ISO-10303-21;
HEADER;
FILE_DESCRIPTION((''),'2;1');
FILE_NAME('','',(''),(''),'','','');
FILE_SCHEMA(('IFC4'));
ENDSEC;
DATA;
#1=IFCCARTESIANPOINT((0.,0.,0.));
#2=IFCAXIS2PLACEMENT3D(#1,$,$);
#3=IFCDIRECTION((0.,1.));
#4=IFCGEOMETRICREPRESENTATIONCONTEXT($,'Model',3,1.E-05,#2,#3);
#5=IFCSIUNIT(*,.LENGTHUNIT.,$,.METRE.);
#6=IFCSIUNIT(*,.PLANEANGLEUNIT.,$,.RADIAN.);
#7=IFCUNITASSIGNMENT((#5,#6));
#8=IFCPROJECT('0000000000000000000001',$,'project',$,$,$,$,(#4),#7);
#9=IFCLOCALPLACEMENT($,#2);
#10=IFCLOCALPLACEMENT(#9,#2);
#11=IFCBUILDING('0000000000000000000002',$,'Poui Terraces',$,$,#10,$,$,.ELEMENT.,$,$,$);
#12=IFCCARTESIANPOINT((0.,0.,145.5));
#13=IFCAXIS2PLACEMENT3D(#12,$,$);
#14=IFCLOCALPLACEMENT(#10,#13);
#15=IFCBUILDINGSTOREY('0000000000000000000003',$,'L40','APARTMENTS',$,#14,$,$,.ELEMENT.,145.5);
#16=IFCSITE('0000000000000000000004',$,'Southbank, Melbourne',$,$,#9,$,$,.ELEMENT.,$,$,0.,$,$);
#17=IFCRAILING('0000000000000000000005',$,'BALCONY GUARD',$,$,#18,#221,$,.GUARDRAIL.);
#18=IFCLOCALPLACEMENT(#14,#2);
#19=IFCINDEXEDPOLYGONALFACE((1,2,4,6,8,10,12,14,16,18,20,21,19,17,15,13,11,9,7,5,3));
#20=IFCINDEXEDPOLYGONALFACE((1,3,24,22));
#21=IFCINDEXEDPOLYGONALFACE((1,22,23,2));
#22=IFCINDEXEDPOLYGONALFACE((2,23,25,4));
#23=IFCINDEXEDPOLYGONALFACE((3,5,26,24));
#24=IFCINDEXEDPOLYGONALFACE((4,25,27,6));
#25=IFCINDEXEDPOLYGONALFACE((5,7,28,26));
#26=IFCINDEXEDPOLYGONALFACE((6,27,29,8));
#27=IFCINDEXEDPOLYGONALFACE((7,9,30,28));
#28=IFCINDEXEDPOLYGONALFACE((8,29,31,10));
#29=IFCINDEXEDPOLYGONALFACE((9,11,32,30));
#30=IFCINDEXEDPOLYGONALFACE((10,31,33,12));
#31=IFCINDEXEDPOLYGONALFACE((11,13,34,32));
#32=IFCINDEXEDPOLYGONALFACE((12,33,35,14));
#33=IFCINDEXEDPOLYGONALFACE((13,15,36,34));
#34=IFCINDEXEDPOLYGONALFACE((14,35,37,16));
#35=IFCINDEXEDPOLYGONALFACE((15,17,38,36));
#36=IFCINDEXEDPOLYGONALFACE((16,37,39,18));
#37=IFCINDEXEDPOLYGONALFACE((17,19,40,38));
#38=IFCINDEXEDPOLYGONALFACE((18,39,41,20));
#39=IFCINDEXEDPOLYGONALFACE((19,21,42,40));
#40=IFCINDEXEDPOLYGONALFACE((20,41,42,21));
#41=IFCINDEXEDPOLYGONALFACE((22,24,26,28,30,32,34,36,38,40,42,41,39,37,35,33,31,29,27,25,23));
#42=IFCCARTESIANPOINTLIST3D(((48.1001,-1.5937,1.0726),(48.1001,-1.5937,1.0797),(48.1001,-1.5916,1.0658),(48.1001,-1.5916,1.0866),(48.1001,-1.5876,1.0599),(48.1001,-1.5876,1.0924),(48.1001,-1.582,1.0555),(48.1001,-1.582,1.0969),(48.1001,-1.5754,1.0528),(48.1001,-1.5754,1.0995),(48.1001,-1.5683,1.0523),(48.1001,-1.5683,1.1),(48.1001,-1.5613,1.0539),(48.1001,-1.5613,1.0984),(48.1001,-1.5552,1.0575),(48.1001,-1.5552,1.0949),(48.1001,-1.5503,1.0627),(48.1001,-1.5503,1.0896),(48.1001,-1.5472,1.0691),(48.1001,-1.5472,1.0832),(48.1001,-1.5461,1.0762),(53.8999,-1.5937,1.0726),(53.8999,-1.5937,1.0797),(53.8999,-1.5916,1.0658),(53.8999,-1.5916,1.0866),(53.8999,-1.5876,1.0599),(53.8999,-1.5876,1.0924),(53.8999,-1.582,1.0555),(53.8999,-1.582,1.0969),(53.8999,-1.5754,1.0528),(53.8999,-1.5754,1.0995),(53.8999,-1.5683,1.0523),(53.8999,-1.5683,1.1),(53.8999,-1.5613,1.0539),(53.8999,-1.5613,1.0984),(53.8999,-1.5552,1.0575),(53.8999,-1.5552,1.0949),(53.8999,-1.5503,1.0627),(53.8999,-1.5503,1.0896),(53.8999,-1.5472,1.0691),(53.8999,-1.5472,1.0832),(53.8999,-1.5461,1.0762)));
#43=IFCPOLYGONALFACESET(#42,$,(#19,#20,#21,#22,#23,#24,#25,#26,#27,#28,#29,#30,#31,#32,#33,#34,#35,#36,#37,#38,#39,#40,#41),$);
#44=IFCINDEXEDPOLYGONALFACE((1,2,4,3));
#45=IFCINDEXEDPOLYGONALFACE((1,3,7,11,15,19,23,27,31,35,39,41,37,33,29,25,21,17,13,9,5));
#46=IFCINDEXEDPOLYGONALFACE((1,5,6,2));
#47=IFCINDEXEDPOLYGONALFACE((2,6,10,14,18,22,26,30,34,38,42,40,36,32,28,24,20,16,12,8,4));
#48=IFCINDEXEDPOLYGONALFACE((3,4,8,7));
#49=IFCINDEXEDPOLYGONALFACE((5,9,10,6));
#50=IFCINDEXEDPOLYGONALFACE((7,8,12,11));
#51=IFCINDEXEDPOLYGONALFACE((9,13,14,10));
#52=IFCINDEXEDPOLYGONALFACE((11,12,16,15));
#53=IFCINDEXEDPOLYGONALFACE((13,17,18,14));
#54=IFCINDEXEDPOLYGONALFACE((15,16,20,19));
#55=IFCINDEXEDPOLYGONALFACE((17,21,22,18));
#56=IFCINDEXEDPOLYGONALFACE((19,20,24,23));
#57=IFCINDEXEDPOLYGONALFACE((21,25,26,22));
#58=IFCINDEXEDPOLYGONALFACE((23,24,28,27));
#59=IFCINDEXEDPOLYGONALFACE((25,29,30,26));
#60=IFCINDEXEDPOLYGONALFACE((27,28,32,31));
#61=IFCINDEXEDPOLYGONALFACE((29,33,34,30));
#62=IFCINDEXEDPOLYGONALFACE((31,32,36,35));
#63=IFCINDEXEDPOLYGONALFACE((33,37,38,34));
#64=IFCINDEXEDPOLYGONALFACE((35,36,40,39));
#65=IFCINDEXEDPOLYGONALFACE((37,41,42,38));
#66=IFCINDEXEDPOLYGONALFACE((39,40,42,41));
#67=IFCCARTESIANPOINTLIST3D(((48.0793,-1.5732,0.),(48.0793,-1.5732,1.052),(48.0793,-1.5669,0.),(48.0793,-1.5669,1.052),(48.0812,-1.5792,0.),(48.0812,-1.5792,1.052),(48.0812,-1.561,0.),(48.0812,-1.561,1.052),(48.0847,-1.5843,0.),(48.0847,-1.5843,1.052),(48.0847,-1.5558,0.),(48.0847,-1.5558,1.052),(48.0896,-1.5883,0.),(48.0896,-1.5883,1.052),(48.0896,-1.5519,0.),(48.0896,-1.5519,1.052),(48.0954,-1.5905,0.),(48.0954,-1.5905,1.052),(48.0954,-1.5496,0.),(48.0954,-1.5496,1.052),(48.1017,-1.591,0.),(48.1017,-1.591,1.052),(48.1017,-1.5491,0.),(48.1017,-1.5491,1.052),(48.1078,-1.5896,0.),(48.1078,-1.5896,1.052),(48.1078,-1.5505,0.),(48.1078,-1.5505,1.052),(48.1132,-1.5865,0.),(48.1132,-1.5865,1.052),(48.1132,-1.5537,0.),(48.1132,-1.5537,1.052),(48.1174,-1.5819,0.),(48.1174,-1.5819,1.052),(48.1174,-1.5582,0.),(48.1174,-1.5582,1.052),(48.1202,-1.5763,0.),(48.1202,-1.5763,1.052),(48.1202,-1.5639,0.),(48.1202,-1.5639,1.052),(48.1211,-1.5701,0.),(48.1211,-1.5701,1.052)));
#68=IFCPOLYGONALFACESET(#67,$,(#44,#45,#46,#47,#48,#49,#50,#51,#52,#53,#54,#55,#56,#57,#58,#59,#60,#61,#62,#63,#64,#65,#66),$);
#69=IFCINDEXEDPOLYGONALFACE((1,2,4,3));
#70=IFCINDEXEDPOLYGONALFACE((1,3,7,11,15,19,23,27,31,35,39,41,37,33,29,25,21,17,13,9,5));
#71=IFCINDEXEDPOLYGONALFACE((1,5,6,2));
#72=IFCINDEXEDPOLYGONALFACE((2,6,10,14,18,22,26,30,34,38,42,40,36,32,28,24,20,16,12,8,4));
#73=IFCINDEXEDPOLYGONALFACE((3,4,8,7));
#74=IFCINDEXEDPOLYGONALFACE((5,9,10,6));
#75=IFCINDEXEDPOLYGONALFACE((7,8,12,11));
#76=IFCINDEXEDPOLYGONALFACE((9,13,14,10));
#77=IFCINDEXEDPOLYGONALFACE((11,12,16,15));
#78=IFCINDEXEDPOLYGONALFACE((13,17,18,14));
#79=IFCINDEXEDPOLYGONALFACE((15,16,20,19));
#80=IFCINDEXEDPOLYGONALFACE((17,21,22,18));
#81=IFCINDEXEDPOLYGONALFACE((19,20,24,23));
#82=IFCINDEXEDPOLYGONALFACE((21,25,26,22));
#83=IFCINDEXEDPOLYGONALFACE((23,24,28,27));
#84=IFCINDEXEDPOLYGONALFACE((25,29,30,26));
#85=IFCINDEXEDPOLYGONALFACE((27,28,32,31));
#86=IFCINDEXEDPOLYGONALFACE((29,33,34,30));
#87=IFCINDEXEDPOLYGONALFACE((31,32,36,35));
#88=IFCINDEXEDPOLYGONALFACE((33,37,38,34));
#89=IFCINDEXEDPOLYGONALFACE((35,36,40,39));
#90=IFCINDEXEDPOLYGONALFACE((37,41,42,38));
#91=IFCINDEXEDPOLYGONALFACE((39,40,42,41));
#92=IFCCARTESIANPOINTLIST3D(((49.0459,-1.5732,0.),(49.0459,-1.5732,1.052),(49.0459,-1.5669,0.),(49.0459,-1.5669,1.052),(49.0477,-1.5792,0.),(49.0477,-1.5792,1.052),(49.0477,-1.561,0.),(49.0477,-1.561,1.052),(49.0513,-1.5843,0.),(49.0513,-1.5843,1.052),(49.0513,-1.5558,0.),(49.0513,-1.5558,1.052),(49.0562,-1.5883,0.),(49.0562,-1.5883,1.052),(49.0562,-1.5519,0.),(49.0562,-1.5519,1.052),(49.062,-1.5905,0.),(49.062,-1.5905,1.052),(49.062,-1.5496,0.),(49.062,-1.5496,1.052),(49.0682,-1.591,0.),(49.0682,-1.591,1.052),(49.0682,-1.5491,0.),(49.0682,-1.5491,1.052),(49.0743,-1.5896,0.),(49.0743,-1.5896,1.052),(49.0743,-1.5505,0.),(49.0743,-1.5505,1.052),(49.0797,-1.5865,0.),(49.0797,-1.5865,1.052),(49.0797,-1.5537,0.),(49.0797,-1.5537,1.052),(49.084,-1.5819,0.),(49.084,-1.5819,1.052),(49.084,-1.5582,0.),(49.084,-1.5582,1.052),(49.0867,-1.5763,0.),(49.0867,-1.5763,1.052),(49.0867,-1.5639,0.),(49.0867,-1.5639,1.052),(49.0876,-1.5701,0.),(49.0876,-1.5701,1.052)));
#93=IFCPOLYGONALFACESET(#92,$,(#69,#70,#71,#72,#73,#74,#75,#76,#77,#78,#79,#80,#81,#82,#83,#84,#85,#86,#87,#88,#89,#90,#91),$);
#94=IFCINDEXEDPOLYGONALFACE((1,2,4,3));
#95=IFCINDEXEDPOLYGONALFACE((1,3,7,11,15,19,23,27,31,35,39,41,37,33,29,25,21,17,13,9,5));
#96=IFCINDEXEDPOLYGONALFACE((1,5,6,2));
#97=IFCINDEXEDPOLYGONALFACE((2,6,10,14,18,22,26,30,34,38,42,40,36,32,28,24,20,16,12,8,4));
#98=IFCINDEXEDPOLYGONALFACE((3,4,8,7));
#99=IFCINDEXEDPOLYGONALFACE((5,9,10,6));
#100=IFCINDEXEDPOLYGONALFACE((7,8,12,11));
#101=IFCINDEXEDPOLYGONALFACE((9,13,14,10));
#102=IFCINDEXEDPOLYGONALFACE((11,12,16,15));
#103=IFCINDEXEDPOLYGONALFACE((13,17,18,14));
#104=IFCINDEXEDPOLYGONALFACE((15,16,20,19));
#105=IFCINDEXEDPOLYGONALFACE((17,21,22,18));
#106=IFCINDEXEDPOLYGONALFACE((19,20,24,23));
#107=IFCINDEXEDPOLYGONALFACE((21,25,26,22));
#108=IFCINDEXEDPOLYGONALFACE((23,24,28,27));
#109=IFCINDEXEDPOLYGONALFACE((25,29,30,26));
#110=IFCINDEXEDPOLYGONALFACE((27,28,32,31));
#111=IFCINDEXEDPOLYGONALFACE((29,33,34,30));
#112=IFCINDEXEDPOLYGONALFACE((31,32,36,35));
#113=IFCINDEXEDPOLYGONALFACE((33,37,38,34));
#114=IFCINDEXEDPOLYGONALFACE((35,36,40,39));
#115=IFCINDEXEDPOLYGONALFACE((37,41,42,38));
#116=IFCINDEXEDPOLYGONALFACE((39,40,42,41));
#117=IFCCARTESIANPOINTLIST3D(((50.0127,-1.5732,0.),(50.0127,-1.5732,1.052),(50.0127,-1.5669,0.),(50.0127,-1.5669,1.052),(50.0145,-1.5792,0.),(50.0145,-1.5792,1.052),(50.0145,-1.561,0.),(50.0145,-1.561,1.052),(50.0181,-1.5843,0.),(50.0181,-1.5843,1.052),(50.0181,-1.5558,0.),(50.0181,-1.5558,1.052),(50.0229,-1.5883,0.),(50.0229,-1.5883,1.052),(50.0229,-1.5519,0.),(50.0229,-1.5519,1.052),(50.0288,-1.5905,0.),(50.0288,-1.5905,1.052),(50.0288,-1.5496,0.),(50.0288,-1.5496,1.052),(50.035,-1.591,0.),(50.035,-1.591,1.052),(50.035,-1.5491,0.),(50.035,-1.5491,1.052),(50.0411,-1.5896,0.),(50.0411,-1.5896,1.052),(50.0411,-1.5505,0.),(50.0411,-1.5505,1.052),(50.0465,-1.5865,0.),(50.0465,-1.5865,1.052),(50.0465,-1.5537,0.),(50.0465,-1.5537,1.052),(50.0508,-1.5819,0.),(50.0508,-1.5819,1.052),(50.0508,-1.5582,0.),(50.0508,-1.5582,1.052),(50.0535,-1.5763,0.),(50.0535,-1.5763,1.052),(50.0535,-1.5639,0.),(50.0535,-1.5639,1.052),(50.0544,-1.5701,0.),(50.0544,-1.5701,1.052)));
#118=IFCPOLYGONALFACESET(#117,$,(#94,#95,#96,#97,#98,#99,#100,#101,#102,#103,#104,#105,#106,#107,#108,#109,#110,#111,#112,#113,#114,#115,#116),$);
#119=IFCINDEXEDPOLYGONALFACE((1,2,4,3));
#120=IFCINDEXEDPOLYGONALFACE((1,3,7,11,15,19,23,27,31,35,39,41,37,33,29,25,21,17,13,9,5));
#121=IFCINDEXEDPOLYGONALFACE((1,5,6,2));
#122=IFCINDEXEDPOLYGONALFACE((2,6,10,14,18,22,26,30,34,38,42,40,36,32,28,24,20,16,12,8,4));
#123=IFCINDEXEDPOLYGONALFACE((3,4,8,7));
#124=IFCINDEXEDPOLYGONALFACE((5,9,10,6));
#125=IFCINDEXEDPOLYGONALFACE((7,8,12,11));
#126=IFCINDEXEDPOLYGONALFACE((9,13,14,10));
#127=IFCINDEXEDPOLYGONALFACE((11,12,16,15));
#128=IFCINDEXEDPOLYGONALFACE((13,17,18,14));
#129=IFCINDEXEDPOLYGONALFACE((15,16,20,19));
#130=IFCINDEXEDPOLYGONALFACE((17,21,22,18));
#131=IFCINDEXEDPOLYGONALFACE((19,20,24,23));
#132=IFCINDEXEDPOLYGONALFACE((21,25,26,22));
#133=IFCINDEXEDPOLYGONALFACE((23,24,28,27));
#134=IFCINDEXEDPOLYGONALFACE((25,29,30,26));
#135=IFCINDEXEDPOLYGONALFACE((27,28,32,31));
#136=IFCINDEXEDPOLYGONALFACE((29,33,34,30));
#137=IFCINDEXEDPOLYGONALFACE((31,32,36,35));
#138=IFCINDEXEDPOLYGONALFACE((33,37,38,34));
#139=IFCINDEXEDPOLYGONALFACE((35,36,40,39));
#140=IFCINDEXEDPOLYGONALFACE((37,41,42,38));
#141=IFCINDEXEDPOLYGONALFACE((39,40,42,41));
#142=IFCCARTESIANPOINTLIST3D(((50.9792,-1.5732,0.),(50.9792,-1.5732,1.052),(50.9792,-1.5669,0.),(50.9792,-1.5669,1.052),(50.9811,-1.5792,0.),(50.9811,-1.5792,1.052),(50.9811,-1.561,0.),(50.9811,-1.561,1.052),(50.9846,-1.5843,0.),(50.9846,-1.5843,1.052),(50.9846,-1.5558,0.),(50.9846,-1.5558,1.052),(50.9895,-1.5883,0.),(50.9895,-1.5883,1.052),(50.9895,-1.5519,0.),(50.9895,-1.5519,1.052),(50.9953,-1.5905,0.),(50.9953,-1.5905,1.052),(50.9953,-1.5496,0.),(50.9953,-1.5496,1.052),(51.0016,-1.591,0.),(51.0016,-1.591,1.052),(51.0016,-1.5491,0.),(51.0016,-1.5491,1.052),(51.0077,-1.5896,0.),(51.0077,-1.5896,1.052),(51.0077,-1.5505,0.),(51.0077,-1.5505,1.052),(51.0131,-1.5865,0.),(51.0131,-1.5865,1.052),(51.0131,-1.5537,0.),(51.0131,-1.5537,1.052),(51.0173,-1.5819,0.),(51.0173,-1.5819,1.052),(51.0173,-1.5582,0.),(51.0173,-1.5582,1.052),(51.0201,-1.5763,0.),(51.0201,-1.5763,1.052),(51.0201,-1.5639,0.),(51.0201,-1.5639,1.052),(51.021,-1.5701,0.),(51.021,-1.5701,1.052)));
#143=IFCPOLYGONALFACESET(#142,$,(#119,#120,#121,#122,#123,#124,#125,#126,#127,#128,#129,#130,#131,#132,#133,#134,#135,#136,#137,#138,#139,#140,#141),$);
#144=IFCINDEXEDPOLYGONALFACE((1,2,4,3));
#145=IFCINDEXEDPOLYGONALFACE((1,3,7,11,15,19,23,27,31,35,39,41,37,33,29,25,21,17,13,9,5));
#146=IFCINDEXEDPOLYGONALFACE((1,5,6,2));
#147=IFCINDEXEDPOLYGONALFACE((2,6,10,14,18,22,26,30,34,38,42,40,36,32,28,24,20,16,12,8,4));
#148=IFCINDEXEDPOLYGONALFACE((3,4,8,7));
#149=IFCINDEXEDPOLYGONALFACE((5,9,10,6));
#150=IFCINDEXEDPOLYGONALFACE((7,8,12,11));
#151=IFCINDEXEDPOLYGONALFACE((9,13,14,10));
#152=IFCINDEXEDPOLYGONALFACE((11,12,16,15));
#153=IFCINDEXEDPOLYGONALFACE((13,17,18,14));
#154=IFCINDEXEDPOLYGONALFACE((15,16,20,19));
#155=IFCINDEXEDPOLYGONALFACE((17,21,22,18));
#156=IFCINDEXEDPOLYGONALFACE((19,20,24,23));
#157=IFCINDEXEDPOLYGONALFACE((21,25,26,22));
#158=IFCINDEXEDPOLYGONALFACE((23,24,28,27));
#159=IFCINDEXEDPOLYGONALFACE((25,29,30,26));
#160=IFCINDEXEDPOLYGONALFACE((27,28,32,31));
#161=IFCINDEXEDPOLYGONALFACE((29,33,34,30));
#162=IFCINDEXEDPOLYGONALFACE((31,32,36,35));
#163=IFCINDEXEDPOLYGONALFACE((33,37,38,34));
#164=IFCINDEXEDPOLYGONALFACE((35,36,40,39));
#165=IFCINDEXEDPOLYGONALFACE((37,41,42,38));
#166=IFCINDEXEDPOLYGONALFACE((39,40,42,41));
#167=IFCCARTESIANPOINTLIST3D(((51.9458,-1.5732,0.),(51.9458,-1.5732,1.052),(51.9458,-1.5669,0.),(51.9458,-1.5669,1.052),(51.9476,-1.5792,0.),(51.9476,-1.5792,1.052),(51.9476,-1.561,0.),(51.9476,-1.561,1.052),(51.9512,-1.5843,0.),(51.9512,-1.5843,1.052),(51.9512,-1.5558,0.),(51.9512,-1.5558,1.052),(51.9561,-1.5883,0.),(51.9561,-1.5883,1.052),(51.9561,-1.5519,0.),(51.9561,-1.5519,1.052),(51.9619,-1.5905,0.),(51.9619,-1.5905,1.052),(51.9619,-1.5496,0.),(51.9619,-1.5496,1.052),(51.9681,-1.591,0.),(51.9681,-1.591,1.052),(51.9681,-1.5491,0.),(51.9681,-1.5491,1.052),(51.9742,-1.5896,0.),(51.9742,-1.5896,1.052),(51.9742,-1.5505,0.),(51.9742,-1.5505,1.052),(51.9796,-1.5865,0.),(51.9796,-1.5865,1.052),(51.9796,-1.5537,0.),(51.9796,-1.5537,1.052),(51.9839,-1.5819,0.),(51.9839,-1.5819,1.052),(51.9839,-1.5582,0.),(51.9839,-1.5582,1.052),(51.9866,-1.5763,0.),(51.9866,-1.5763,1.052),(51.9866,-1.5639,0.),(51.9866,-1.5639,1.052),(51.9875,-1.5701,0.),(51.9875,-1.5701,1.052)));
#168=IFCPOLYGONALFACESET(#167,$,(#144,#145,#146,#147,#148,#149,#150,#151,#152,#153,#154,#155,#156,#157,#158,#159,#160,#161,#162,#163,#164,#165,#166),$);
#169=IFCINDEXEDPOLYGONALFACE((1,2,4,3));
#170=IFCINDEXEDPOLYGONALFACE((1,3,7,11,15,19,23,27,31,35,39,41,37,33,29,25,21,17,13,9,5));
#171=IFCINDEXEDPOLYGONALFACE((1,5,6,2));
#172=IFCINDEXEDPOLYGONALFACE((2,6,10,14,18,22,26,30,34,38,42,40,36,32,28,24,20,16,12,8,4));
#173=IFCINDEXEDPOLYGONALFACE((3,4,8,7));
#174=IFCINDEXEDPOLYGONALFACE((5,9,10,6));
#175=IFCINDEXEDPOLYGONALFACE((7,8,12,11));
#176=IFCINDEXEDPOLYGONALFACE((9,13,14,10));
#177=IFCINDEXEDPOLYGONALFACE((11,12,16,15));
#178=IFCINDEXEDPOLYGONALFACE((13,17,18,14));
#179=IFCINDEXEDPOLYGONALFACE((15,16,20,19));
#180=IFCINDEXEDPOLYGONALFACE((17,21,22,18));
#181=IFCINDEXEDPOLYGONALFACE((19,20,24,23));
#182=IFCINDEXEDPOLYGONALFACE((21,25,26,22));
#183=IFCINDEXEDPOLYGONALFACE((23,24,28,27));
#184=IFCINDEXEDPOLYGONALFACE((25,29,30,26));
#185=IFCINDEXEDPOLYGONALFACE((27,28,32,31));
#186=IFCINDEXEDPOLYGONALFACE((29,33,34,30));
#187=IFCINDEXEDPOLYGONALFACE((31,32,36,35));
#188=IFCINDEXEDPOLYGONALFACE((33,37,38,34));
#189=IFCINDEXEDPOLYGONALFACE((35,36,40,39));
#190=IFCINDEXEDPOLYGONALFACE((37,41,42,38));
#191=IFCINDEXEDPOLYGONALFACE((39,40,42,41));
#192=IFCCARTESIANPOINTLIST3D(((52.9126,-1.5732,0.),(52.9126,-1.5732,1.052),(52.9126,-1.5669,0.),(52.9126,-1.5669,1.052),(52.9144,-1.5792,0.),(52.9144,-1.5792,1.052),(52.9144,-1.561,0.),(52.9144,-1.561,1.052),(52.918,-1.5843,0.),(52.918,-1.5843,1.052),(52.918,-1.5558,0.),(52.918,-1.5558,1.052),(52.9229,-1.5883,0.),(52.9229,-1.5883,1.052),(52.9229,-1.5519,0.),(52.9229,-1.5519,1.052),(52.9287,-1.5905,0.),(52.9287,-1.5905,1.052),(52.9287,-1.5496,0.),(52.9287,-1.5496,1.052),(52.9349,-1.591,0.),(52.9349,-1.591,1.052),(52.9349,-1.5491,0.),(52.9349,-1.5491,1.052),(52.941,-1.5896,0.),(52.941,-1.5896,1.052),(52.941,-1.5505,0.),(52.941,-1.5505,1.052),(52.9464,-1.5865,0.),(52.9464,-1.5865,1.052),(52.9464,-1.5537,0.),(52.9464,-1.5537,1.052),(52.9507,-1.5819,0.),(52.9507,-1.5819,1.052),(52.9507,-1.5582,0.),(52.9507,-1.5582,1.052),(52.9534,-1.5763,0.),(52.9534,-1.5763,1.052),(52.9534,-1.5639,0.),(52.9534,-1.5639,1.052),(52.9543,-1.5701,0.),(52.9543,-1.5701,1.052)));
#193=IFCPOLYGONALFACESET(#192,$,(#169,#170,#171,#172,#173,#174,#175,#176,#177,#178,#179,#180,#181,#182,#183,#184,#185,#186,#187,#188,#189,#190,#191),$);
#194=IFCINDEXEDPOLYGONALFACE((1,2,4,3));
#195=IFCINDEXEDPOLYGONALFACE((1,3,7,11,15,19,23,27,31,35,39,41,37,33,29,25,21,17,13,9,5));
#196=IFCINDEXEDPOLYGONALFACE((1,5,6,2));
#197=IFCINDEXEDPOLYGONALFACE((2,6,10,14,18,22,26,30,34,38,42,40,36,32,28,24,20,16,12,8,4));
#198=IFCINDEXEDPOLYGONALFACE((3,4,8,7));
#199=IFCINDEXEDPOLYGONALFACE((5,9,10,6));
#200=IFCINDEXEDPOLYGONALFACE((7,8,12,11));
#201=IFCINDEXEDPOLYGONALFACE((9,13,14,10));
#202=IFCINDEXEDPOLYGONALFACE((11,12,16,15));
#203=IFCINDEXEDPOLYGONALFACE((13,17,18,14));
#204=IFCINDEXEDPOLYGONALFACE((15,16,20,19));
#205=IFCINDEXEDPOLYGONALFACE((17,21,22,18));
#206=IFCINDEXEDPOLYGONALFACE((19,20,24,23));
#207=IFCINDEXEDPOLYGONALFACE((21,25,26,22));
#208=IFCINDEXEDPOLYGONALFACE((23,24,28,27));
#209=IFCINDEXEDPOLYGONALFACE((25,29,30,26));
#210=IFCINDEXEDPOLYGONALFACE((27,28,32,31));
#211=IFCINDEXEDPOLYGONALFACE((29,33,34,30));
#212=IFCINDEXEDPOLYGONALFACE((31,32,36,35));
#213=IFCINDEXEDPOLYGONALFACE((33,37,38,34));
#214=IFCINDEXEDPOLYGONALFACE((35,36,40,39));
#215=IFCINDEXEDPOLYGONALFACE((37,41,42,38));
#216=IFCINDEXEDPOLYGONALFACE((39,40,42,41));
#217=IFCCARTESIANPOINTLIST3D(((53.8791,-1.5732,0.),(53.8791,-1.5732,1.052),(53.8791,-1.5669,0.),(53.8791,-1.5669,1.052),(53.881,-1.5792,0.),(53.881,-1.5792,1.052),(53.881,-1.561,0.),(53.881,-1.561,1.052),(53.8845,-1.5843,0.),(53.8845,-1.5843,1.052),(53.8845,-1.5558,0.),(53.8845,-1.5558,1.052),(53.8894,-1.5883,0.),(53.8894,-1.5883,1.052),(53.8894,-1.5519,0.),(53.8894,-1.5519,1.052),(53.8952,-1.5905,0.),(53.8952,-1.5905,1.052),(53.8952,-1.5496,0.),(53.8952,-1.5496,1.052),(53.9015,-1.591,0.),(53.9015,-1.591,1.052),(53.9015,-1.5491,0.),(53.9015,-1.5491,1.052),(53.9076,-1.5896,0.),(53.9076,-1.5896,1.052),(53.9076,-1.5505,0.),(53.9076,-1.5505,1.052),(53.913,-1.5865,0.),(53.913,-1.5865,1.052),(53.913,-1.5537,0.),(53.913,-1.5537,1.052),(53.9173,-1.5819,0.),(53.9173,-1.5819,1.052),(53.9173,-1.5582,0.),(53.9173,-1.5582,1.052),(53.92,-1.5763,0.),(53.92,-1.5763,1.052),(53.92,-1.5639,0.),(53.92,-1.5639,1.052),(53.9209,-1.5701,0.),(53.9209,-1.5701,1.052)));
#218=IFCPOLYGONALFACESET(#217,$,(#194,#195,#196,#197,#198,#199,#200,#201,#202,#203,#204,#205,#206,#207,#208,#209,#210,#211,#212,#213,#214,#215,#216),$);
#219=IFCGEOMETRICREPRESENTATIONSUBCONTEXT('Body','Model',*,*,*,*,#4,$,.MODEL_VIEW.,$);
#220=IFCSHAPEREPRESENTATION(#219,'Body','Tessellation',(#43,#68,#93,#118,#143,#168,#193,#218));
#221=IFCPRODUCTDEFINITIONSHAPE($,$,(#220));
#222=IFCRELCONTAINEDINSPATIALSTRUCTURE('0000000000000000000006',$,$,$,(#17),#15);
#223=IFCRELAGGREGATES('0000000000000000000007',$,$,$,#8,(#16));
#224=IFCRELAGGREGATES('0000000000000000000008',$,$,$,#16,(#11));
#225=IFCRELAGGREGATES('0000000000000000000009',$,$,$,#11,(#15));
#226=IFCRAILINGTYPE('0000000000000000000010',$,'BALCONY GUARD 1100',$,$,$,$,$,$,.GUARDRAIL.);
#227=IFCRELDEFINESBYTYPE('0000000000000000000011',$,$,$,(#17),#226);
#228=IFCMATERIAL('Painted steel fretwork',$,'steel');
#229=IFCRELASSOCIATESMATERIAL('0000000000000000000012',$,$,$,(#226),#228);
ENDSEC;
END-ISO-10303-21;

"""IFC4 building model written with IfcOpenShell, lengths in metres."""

from ifc_helpers import new_model, si_unit, direction, frame, origin, origin_2d, place, context, subcontext, project, spatial, circle, extrude, material, type_object, element, save


model = new_model("IFC4")

# Units and contexts
model_context = context("Model", 3, precision=1e-05, world=origin(), true_north=direction((0.0, 1.0)))
body_context = subcontext(model_context, "Body", "Model", "MODEL_VIEW")
ifc_project = project(units=[si_unit("LENGTHUNIT", "METRE"), si_unit("PLANEANGLEUNIT", "RADIAN")], contexts=[model_context])

# Site, building, storey
site_placement = place(None, origin())
site = spatial("IfcSite", under=ifc_project, at=site_placement, Name="Southbank, Melbourne", CompositionType="ELEMENT", RefElevation=0.0)
building_placement = place(site_placement, origin())
building = spatial("IfcBuilding", under=site, at=building_placement, Name="Poui Terraces", CompositionType="ELEMENT")
storey_placement = place(building_placement, frame((0.0, 0.0, 145.5)))
storey = spatial("IfcBuildingStorey", under=building, at=storey_placement, Name="L40", Description="APARTMENTS", CompositionType="ELEMENT", Elevation=145.5)

# Railing
ifc_material_1 = material(Name="Painted steel fretwork", Category="steel")
railing_type = type_object("IfcRailingType", Name="BALCONY GUARD 1100", PredefinedType="GUARDRAIL", material=ifc_material_1)
railing_placement = place(storey_placement, frame((48.1001, -1.5701, 0.0)))
element("IfcRailing", 1, at=railing_placement, inside=storey, type_object=railing_type, Name="BALCONY GUARD", PredefinedType="GUARDRAIL", context=body_context, shape_type="SweptSolid", body=[
    extrude(circle(Radius=0.0239, at=origin_2d()), frame((0.0, 0.0, 1.0762), z_axis=(1.0, 0.0, 0.0), x_axis=(0.0, 1.0, 0.0)), (0.0, 0.0, 1.0), 5.7998),
    extrude(circle(Radius=0.021, at=origin_2d()), origin(), (0.0, 0.0, 1.0), 1.052),
    extrude(circle(Radius=0.021, at=origin_2d()), frame((0.9666, 0.0, 0.0)), (0.0, 0.0, 1.0), 1.052),
    extrude(circle(Radius=0.021, at=origin_2d()), frame((1.9333, 0.0, 0.0)), (0.0, 0.0, 1.0), 1.052),
    extrude(circle(Radius=0.021, at=origin_2d()), frame((2.8999, 0.0, 0.0)), (0.0, 0.0, 1.0), 1.052),
    extrude(circle(Radius=0.021, at=origin_2d()), frame((3.8665, 0.0, 0.0)), (0.0, 0.0, 1.0), 1.052),
    extrude(circle(Radius=0.021, at=origin_2d()), frame((4.8333, 0.0, 0.0)), (0.0, 0.0, 1.0), 1.052),
    extrude(circle(Radius=0.021, at=origin_2d()), frame((5.7998, 0.0, 0.0)), (0.0, 0.0, 1.0), 1.052),
])

save(model, "model.ifc")
